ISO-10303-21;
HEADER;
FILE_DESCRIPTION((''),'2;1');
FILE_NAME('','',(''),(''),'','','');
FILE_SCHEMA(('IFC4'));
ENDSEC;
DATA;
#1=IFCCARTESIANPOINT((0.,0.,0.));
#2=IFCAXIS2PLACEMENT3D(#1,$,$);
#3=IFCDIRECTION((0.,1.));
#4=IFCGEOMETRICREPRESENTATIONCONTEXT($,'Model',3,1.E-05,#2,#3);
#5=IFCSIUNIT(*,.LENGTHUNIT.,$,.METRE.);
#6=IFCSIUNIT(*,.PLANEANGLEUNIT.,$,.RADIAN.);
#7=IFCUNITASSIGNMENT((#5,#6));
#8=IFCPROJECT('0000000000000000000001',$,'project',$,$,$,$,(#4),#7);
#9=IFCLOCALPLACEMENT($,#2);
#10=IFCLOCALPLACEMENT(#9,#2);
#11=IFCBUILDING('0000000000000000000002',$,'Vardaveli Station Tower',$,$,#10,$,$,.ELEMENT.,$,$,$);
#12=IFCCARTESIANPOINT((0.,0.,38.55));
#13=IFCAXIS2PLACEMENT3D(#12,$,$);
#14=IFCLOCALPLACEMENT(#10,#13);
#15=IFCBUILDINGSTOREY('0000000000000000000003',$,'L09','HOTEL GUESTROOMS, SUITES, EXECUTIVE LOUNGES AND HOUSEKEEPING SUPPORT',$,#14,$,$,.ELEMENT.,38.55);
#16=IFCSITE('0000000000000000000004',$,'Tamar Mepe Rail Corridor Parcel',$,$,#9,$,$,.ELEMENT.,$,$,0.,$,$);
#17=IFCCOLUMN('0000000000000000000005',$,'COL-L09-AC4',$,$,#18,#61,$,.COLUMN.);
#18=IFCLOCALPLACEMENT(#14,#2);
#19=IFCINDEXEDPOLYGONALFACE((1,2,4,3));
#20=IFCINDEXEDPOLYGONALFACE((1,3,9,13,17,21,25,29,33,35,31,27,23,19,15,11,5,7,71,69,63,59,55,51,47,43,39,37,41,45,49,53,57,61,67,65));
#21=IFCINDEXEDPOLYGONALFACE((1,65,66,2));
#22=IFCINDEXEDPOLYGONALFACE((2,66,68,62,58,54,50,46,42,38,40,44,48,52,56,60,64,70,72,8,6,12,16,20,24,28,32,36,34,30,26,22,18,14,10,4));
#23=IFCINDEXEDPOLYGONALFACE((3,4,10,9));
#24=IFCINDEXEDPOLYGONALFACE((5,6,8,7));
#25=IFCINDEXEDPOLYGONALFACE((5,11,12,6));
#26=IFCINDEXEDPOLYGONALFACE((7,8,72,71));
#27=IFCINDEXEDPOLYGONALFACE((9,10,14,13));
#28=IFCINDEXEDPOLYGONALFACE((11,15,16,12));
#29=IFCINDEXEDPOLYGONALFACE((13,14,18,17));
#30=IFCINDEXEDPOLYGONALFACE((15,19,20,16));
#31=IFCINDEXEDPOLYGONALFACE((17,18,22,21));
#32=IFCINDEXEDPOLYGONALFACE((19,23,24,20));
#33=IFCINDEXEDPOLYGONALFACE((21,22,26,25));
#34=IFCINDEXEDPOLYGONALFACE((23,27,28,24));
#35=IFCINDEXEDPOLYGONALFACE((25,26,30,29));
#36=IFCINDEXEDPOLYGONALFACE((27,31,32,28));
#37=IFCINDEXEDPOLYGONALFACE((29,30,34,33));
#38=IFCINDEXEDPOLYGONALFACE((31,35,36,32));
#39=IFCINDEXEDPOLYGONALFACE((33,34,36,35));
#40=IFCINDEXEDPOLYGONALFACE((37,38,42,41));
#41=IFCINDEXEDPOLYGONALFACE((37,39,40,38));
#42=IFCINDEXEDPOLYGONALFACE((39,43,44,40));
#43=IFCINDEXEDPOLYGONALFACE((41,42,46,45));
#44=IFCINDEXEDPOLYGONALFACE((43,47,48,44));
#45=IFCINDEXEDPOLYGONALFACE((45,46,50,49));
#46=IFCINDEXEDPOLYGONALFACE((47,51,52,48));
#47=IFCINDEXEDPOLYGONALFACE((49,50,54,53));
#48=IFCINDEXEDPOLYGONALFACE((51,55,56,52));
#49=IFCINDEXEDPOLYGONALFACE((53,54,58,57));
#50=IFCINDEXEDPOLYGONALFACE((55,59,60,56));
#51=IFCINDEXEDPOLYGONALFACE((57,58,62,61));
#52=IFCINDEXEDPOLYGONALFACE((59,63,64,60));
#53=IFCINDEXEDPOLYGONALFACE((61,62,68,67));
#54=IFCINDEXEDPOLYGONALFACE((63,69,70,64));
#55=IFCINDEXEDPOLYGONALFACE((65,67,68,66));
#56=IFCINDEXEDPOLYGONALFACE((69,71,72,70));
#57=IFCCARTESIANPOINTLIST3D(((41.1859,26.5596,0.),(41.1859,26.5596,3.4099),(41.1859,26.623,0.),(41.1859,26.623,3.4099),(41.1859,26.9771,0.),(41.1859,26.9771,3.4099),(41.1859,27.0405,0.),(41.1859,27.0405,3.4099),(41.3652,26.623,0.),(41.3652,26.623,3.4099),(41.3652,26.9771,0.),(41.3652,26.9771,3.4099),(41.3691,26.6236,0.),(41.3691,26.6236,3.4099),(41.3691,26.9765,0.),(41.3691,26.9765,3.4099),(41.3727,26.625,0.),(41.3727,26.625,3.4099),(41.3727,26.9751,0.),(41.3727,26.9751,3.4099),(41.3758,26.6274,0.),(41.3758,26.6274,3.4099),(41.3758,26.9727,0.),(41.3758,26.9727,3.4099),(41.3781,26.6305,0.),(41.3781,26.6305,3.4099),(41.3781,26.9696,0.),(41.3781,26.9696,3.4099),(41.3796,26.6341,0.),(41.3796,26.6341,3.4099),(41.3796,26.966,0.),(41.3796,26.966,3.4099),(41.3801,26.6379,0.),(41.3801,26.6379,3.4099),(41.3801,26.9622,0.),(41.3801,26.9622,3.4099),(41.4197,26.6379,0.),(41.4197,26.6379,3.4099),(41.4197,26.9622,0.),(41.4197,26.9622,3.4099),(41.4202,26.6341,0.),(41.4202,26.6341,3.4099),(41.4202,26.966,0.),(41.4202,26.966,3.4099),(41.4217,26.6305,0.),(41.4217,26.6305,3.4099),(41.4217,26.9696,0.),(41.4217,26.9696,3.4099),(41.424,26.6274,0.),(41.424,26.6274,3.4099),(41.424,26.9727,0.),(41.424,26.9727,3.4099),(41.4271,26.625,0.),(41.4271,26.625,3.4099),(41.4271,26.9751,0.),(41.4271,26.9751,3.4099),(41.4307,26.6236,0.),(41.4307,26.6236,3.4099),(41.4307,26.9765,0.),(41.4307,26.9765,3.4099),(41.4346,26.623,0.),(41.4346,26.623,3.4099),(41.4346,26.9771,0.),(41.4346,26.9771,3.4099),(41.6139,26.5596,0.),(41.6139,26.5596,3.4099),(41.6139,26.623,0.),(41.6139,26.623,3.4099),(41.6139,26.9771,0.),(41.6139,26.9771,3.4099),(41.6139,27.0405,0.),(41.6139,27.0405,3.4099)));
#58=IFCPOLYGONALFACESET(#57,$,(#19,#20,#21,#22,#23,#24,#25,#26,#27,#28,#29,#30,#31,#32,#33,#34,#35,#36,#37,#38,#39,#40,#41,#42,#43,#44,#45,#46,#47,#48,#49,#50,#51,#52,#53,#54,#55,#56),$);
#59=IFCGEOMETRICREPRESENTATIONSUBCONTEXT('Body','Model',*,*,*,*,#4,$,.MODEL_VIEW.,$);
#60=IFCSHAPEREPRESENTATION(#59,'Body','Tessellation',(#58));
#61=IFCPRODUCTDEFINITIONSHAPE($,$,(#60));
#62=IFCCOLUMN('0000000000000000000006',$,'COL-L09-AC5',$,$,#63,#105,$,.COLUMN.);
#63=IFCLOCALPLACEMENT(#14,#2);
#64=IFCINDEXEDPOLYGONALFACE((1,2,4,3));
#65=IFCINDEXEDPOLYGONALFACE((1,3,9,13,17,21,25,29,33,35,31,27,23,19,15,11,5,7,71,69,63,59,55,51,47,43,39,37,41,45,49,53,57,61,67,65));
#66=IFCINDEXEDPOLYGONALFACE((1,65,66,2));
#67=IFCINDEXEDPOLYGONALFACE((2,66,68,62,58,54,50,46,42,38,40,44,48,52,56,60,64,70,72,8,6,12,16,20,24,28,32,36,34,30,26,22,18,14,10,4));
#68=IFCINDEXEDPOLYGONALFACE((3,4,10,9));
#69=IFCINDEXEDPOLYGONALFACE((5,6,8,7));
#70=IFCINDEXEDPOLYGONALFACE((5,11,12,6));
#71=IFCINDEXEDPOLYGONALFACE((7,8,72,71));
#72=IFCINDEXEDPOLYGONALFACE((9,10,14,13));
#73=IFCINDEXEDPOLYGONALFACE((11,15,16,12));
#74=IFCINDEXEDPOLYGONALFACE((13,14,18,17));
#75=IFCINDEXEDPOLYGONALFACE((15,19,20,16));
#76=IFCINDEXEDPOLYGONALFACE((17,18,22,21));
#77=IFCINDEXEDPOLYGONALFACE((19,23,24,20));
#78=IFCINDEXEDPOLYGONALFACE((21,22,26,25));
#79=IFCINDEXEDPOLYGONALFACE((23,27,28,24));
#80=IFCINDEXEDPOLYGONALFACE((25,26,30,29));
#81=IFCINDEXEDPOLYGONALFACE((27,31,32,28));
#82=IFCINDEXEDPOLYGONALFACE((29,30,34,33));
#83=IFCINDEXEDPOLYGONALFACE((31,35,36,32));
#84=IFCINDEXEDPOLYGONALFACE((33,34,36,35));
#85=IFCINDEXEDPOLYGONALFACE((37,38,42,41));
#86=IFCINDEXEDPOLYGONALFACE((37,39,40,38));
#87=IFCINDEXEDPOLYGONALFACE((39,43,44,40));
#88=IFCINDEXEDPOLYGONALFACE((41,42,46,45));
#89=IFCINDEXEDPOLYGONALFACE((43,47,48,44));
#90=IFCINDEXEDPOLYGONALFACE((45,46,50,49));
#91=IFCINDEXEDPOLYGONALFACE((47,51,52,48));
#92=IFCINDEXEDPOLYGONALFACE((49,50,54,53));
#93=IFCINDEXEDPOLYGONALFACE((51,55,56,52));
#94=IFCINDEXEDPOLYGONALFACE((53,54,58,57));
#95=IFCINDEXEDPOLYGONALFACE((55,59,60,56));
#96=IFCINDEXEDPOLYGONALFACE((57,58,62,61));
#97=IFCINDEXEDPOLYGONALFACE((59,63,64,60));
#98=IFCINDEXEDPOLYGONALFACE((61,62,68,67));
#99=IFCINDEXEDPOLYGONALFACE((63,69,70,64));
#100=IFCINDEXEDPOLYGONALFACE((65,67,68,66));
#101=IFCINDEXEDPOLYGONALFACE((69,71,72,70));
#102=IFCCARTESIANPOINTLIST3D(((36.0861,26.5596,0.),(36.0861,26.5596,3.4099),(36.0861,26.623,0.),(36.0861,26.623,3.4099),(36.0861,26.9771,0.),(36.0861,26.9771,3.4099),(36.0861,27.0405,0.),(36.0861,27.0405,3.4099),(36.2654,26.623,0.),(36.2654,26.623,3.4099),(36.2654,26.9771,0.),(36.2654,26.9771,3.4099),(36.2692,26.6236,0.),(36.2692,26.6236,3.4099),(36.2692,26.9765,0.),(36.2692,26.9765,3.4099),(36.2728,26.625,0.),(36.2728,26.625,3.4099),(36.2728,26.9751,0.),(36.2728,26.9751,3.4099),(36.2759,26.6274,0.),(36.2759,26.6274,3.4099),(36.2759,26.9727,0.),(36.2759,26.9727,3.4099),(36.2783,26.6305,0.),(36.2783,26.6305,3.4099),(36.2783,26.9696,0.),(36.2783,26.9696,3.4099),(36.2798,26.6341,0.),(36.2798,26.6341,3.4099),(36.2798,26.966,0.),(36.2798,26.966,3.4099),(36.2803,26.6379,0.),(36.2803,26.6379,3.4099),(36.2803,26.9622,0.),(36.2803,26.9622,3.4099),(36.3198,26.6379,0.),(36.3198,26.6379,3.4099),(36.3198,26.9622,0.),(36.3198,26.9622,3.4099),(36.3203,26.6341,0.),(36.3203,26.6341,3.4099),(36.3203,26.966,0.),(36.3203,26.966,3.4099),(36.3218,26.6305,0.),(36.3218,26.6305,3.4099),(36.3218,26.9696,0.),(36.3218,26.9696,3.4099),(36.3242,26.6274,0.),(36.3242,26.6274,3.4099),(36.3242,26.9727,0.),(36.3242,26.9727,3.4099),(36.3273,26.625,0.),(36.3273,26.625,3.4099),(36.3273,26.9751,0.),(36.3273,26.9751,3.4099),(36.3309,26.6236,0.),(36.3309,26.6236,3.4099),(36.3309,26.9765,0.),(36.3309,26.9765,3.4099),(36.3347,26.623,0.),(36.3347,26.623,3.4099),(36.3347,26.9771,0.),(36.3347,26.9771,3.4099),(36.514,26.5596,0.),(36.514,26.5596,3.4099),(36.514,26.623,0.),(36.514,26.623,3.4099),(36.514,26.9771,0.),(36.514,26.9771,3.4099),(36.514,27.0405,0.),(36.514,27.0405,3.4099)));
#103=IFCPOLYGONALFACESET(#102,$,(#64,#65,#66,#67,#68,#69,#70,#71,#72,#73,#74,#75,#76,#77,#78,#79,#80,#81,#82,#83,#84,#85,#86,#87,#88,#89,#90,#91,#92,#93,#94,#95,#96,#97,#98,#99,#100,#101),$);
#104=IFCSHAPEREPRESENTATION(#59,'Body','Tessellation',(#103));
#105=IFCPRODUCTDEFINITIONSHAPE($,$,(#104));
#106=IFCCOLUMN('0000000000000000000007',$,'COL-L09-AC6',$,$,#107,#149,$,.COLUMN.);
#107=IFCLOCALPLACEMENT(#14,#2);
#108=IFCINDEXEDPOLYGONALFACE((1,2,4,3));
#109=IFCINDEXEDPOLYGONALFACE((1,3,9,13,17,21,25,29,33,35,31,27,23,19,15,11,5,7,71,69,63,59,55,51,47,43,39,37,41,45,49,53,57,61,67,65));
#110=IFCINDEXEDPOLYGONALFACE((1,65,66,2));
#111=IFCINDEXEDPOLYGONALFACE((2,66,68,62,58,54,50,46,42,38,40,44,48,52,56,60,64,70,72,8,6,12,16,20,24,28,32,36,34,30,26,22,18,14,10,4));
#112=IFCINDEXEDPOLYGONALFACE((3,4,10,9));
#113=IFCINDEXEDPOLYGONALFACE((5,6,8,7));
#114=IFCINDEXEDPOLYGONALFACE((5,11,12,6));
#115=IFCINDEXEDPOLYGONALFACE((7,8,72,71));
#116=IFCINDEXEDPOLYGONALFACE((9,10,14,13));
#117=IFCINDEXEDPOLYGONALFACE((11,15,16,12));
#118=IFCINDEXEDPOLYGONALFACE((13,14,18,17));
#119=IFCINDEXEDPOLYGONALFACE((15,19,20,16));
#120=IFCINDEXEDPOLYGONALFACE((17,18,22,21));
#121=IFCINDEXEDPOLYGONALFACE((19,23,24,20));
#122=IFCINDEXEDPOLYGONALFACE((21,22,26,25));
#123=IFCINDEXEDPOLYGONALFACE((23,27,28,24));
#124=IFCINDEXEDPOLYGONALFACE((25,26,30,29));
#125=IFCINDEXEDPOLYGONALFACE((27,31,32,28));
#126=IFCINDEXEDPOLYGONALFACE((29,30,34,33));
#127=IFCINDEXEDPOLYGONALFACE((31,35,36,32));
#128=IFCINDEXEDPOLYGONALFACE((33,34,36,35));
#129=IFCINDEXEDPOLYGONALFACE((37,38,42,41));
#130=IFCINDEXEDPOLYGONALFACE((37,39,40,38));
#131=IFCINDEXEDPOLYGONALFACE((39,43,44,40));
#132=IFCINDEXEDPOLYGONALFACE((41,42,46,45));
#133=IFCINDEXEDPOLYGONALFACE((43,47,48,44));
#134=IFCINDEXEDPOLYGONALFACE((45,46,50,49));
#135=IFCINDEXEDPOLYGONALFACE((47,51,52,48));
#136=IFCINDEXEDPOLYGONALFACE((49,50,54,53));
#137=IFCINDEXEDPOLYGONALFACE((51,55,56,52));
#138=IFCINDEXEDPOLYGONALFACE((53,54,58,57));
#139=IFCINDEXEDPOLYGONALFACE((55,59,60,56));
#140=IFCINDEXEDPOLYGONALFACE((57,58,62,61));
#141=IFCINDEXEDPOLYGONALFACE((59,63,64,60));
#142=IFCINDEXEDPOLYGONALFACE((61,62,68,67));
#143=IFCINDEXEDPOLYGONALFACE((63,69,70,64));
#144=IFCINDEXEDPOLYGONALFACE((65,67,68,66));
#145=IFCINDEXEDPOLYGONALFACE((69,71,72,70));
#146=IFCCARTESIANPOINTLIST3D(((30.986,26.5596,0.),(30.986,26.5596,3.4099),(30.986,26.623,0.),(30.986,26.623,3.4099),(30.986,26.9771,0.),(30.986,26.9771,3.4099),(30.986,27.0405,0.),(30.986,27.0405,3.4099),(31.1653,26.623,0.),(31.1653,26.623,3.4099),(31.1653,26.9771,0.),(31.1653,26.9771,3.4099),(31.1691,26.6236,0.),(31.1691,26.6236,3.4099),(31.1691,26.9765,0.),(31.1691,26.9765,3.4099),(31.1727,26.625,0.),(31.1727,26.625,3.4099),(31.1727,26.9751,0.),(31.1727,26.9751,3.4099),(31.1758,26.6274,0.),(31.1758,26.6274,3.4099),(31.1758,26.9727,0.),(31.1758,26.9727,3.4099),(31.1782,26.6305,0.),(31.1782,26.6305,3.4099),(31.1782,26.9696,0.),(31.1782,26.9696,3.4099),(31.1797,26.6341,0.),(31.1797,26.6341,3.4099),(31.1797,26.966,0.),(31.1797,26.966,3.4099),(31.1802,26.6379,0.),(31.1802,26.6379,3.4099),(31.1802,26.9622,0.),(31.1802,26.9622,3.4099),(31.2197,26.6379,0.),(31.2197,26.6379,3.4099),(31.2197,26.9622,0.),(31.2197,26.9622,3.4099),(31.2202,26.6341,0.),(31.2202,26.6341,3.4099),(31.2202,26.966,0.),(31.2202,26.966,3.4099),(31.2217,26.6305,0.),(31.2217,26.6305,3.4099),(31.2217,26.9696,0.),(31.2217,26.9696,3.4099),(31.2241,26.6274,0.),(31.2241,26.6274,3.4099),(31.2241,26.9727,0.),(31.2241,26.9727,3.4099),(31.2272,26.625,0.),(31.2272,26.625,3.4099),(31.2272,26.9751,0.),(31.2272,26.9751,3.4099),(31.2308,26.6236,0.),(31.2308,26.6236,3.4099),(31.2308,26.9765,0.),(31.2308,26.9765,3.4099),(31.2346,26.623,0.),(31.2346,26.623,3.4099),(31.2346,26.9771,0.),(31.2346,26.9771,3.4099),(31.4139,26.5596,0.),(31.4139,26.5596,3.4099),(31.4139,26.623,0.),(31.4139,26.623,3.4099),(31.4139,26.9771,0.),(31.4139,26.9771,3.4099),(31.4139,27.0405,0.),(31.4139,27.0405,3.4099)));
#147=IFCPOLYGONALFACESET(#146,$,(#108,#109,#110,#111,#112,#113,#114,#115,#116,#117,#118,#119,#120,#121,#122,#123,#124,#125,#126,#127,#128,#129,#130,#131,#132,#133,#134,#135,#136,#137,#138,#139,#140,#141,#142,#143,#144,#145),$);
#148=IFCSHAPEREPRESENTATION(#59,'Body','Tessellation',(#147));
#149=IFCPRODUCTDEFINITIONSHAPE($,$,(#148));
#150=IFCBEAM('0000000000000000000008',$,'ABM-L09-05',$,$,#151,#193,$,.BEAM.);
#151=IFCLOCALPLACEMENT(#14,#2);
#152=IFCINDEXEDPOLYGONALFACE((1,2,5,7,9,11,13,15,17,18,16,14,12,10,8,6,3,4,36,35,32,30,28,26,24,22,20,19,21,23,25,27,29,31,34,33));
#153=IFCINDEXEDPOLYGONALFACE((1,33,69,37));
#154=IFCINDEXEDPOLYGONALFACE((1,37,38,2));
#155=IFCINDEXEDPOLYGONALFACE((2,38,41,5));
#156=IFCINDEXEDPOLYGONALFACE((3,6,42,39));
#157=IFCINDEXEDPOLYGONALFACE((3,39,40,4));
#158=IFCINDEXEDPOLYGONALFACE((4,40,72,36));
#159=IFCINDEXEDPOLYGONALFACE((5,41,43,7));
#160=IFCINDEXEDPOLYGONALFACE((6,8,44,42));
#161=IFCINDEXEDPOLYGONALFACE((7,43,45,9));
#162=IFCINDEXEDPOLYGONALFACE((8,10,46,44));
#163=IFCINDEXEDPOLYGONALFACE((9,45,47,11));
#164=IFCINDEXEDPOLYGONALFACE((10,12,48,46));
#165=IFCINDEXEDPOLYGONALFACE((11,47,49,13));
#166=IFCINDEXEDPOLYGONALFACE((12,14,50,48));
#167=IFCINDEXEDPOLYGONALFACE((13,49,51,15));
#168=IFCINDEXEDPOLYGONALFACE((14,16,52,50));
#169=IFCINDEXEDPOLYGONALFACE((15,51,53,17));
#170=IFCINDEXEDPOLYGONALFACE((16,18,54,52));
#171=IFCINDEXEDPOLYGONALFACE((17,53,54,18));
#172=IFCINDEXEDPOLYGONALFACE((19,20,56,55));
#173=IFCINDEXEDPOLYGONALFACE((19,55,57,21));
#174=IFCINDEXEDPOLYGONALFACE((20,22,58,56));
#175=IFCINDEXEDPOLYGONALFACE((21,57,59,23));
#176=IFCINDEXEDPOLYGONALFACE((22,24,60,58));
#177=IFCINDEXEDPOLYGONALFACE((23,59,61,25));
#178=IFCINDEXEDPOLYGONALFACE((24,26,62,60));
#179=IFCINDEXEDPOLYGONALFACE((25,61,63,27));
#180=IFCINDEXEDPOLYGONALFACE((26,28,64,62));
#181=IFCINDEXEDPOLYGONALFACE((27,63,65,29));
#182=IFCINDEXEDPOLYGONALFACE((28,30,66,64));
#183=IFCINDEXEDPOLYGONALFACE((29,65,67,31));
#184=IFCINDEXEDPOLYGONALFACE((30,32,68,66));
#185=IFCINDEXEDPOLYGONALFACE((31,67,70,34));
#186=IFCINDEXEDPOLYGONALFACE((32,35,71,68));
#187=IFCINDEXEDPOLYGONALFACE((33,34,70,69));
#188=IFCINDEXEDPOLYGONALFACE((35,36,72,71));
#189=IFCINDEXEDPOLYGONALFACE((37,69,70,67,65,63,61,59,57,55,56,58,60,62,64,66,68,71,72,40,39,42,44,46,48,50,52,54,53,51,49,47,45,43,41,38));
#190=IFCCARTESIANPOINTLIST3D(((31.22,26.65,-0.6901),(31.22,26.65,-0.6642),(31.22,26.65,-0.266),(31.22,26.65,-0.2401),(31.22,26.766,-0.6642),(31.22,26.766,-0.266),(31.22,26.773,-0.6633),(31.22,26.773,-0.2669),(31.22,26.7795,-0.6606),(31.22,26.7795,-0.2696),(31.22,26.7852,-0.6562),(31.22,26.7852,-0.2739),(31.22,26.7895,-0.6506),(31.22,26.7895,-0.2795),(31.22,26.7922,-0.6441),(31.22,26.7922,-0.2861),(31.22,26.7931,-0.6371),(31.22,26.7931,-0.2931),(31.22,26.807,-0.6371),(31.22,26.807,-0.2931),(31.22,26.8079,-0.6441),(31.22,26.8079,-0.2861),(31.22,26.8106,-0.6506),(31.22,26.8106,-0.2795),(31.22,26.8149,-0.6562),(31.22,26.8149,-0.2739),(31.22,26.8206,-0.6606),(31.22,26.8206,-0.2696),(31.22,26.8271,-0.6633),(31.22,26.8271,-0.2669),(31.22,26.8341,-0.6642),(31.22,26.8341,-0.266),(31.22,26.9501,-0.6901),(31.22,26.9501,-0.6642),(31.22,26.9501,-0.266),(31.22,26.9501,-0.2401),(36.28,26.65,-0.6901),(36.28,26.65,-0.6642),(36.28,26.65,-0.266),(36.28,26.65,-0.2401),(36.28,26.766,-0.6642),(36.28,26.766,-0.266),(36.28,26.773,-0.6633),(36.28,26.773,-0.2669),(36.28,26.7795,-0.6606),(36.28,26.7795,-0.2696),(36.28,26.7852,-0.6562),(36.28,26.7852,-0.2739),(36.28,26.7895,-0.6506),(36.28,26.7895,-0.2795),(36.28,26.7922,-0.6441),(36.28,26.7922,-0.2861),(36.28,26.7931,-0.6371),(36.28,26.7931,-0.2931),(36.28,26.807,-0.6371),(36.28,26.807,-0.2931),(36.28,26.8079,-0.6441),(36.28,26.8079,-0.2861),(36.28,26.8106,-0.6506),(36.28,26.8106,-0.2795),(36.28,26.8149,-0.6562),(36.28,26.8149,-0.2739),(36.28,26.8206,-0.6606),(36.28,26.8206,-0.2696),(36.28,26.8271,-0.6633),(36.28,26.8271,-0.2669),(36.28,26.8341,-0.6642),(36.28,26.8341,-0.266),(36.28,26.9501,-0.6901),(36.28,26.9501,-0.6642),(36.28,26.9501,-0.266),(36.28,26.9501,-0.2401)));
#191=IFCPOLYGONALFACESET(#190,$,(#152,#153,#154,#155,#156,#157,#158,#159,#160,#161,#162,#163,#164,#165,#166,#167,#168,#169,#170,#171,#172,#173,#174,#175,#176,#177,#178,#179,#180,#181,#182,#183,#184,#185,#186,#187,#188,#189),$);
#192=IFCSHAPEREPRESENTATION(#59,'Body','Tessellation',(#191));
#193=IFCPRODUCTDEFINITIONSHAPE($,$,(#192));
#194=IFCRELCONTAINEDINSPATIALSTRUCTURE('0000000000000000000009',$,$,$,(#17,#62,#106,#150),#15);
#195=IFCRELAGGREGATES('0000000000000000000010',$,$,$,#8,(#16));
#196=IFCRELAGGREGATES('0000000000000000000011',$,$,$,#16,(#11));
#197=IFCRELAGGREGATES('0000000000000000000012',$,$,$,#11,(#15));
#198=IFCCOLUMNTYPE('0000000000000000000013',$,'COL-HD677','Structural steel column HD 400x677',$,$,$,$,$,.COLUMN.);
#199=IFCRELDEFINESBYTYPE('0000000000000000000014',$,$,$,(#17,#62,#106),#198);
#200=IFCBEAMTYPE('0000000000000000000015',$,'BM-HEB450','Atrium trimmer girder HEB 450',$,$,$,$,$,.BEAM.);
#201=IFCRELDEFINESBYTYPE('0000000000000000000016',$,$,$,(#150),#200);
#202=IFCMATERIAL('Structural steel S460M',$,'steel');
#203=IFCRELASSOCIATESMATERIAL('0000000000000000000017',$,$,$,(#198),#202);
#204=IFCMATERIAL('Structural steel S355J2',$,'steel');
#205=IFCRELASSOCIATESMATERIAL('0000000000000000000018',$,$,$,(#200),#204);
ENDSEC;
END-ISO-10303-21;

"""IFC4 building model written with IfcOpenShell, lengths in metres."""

from ifc_helpers import new_model, si_unit, direction, frame, origin, origin_2d, place, context, subcontext, project, spatial, i_section, extrude, source, transform, mapped, material, material_profile, profile_set, type_object, element, save


model = new_model("IFC4")

# Units and contexts
model_context = context("Model", 3, precision=1e-05, world=origin(), true_north=direction((0.0, 1.0)))
body_context = subcontext(model_context, "Body", "Model", "MODEL_VIEW")
ifc_project = project(units=[si_unit("LENGTHUNIT", "METRE"), si_unit("PLANEANGLEUNIT", "RADIAN")], contexts=[model_context])

# Site, building, storey
site_placement = place(None, origin())
site = spatial("IfcSite", under=ifc_project, at=site_placement, Name="Tamar Mepe Rail Corridor Parcel", CompositionType="ELEMENT", RefElevation=0.0)
building_placement = place(site_placement, origin())
building = spatial("IfcBuilding", under=site, at=building_placement, Name="Vardaveli Station Tower", CompositionType="ELEMENT")
storey_placement = place(building_placement, frame((0.0, 0.0, 38.55)))
storey = spatial("IfcBuildingStorey", under=building, at=storey_placement, Name="L09", Description="HOTEL GUESTROOMS, SUITES, EXECUTIVE LOUNGES AND HOUSEKEEPING SUPPORT", CompositionType="ELEMENT", Elevation=38.55)

# Columns
ifc_material_1 = material(Name="Structural steel S460M", Category="steel")
ifc_material_profile_1 = material_profile(ifc_material_1, i_section(OverallWidth=0.428, OverallDepth=0.481, WebThickness=0.0396, FlangeThickness=0.0635, FilletRadius=0.0149, at=origin_2d()), Name="HD 400x677")
ifc_profile_set_1 = profile_set([ifc_material_profile_1], Name="Structural steel S460M")
column_type = type_object("IfcColumnType", Name="COL-HD677", Description="Structural steel column HD 400x677", PredefinedType="COLUMN", material=ifc_profile_set_1)
shared_shape_1 = source(origin(), body_context, "Body", "SweptSolid", [
    extrude(i_section(OverallWidth=0.428, OverallDepth=0.481, WebThickness=0.0396, FlangeThickness=0.0635, FilletRadius=0.0149, at=origin_2d()), origin(), (0.0, 0.0, 1.0), 3.4099),
])
for number, where, z_axis, x_axis, name in (
    (1, (41.3999, 26.8, 0.0), (0.0, 0.0, 1.0), (1.0, 0.0, 0.0), "COL-L09-AC4"),
    (2, (36.3, 26.8, 0.0), (0.0, 0.0, 1.0), (1.0, 0.0, 0.0), "COL-L09-AC5"),
    (3, (31.2, 26.8, 0.0), (0.0, 0.0, 1.0), (1.0, 0.0, 0.0), "COL-L09-AC6"),
):
    element("IfcColumn", number, at=place(storey_placement, frame(where, z_axis=z_axis, x_axis=x_axis)), inside=storey, type_object=column_type, Name=name, PredefinedType="COLUMN", context=body_context, shape_type="MappedRepresentation", body=[
        mapped(shared_shape_1, transform((0.0, 0.0, 0.0), scale=1.0)),
    ])

# Beam
ifc_material_2 = material(Name="Structural steel S355J2", Category="steel")
ifc_material_profile_2 = material_profile(ifc_material_2, i_section(OverallWidth=0.3, OverallDepth=0.45, WebThickness=0.0139, FlangeThickness=0.0259, FilletRadius=0.0271, at=origin_2d()), Name="HEB 450")
ifc_profile_set_2 = profile_set([ifc_material_profile_2], Name="Structural steel S355J2")
beam_type_1 = type_object("IfcBeamType", Name="BM-HEB450", Description="Atrium trimmer girder HEB 450", PredefinedType="BEAM", material=ifc_profile_set_2)
shared_shape_2 = source(origin(), body_context, "Body", "SweptSolid", [
    extrude(i_section(OverallWidth=0.3, OverallDepth=0.45, WebThickness=0.0139, FlangeThickness=0.0259, FilletRadius=0.0271, at=origin_2d()), origin(), (0.0, 0.0, 1.0), 5.0601),
])
beam_1_placement = place(storey_placement, frame((36.28, 26.8, -0.4651), z_axis=(-1.0, 0.0, 0.0), x_axis=(0.0, -1.0, 0.0)))
element("IfcBeam", 4, at=beam_1_placement, inside=storey, type_object=beam_type_1, Name="ABM-L09-05", PredefinedType="BEAM", context=body_context, shape_type="MappedRepresentation", body=[
    mapped(shared_shape_2, transform((0.0, 0.0, 0.0), scale=1.0)),
])

save(model, "model.ifc")
